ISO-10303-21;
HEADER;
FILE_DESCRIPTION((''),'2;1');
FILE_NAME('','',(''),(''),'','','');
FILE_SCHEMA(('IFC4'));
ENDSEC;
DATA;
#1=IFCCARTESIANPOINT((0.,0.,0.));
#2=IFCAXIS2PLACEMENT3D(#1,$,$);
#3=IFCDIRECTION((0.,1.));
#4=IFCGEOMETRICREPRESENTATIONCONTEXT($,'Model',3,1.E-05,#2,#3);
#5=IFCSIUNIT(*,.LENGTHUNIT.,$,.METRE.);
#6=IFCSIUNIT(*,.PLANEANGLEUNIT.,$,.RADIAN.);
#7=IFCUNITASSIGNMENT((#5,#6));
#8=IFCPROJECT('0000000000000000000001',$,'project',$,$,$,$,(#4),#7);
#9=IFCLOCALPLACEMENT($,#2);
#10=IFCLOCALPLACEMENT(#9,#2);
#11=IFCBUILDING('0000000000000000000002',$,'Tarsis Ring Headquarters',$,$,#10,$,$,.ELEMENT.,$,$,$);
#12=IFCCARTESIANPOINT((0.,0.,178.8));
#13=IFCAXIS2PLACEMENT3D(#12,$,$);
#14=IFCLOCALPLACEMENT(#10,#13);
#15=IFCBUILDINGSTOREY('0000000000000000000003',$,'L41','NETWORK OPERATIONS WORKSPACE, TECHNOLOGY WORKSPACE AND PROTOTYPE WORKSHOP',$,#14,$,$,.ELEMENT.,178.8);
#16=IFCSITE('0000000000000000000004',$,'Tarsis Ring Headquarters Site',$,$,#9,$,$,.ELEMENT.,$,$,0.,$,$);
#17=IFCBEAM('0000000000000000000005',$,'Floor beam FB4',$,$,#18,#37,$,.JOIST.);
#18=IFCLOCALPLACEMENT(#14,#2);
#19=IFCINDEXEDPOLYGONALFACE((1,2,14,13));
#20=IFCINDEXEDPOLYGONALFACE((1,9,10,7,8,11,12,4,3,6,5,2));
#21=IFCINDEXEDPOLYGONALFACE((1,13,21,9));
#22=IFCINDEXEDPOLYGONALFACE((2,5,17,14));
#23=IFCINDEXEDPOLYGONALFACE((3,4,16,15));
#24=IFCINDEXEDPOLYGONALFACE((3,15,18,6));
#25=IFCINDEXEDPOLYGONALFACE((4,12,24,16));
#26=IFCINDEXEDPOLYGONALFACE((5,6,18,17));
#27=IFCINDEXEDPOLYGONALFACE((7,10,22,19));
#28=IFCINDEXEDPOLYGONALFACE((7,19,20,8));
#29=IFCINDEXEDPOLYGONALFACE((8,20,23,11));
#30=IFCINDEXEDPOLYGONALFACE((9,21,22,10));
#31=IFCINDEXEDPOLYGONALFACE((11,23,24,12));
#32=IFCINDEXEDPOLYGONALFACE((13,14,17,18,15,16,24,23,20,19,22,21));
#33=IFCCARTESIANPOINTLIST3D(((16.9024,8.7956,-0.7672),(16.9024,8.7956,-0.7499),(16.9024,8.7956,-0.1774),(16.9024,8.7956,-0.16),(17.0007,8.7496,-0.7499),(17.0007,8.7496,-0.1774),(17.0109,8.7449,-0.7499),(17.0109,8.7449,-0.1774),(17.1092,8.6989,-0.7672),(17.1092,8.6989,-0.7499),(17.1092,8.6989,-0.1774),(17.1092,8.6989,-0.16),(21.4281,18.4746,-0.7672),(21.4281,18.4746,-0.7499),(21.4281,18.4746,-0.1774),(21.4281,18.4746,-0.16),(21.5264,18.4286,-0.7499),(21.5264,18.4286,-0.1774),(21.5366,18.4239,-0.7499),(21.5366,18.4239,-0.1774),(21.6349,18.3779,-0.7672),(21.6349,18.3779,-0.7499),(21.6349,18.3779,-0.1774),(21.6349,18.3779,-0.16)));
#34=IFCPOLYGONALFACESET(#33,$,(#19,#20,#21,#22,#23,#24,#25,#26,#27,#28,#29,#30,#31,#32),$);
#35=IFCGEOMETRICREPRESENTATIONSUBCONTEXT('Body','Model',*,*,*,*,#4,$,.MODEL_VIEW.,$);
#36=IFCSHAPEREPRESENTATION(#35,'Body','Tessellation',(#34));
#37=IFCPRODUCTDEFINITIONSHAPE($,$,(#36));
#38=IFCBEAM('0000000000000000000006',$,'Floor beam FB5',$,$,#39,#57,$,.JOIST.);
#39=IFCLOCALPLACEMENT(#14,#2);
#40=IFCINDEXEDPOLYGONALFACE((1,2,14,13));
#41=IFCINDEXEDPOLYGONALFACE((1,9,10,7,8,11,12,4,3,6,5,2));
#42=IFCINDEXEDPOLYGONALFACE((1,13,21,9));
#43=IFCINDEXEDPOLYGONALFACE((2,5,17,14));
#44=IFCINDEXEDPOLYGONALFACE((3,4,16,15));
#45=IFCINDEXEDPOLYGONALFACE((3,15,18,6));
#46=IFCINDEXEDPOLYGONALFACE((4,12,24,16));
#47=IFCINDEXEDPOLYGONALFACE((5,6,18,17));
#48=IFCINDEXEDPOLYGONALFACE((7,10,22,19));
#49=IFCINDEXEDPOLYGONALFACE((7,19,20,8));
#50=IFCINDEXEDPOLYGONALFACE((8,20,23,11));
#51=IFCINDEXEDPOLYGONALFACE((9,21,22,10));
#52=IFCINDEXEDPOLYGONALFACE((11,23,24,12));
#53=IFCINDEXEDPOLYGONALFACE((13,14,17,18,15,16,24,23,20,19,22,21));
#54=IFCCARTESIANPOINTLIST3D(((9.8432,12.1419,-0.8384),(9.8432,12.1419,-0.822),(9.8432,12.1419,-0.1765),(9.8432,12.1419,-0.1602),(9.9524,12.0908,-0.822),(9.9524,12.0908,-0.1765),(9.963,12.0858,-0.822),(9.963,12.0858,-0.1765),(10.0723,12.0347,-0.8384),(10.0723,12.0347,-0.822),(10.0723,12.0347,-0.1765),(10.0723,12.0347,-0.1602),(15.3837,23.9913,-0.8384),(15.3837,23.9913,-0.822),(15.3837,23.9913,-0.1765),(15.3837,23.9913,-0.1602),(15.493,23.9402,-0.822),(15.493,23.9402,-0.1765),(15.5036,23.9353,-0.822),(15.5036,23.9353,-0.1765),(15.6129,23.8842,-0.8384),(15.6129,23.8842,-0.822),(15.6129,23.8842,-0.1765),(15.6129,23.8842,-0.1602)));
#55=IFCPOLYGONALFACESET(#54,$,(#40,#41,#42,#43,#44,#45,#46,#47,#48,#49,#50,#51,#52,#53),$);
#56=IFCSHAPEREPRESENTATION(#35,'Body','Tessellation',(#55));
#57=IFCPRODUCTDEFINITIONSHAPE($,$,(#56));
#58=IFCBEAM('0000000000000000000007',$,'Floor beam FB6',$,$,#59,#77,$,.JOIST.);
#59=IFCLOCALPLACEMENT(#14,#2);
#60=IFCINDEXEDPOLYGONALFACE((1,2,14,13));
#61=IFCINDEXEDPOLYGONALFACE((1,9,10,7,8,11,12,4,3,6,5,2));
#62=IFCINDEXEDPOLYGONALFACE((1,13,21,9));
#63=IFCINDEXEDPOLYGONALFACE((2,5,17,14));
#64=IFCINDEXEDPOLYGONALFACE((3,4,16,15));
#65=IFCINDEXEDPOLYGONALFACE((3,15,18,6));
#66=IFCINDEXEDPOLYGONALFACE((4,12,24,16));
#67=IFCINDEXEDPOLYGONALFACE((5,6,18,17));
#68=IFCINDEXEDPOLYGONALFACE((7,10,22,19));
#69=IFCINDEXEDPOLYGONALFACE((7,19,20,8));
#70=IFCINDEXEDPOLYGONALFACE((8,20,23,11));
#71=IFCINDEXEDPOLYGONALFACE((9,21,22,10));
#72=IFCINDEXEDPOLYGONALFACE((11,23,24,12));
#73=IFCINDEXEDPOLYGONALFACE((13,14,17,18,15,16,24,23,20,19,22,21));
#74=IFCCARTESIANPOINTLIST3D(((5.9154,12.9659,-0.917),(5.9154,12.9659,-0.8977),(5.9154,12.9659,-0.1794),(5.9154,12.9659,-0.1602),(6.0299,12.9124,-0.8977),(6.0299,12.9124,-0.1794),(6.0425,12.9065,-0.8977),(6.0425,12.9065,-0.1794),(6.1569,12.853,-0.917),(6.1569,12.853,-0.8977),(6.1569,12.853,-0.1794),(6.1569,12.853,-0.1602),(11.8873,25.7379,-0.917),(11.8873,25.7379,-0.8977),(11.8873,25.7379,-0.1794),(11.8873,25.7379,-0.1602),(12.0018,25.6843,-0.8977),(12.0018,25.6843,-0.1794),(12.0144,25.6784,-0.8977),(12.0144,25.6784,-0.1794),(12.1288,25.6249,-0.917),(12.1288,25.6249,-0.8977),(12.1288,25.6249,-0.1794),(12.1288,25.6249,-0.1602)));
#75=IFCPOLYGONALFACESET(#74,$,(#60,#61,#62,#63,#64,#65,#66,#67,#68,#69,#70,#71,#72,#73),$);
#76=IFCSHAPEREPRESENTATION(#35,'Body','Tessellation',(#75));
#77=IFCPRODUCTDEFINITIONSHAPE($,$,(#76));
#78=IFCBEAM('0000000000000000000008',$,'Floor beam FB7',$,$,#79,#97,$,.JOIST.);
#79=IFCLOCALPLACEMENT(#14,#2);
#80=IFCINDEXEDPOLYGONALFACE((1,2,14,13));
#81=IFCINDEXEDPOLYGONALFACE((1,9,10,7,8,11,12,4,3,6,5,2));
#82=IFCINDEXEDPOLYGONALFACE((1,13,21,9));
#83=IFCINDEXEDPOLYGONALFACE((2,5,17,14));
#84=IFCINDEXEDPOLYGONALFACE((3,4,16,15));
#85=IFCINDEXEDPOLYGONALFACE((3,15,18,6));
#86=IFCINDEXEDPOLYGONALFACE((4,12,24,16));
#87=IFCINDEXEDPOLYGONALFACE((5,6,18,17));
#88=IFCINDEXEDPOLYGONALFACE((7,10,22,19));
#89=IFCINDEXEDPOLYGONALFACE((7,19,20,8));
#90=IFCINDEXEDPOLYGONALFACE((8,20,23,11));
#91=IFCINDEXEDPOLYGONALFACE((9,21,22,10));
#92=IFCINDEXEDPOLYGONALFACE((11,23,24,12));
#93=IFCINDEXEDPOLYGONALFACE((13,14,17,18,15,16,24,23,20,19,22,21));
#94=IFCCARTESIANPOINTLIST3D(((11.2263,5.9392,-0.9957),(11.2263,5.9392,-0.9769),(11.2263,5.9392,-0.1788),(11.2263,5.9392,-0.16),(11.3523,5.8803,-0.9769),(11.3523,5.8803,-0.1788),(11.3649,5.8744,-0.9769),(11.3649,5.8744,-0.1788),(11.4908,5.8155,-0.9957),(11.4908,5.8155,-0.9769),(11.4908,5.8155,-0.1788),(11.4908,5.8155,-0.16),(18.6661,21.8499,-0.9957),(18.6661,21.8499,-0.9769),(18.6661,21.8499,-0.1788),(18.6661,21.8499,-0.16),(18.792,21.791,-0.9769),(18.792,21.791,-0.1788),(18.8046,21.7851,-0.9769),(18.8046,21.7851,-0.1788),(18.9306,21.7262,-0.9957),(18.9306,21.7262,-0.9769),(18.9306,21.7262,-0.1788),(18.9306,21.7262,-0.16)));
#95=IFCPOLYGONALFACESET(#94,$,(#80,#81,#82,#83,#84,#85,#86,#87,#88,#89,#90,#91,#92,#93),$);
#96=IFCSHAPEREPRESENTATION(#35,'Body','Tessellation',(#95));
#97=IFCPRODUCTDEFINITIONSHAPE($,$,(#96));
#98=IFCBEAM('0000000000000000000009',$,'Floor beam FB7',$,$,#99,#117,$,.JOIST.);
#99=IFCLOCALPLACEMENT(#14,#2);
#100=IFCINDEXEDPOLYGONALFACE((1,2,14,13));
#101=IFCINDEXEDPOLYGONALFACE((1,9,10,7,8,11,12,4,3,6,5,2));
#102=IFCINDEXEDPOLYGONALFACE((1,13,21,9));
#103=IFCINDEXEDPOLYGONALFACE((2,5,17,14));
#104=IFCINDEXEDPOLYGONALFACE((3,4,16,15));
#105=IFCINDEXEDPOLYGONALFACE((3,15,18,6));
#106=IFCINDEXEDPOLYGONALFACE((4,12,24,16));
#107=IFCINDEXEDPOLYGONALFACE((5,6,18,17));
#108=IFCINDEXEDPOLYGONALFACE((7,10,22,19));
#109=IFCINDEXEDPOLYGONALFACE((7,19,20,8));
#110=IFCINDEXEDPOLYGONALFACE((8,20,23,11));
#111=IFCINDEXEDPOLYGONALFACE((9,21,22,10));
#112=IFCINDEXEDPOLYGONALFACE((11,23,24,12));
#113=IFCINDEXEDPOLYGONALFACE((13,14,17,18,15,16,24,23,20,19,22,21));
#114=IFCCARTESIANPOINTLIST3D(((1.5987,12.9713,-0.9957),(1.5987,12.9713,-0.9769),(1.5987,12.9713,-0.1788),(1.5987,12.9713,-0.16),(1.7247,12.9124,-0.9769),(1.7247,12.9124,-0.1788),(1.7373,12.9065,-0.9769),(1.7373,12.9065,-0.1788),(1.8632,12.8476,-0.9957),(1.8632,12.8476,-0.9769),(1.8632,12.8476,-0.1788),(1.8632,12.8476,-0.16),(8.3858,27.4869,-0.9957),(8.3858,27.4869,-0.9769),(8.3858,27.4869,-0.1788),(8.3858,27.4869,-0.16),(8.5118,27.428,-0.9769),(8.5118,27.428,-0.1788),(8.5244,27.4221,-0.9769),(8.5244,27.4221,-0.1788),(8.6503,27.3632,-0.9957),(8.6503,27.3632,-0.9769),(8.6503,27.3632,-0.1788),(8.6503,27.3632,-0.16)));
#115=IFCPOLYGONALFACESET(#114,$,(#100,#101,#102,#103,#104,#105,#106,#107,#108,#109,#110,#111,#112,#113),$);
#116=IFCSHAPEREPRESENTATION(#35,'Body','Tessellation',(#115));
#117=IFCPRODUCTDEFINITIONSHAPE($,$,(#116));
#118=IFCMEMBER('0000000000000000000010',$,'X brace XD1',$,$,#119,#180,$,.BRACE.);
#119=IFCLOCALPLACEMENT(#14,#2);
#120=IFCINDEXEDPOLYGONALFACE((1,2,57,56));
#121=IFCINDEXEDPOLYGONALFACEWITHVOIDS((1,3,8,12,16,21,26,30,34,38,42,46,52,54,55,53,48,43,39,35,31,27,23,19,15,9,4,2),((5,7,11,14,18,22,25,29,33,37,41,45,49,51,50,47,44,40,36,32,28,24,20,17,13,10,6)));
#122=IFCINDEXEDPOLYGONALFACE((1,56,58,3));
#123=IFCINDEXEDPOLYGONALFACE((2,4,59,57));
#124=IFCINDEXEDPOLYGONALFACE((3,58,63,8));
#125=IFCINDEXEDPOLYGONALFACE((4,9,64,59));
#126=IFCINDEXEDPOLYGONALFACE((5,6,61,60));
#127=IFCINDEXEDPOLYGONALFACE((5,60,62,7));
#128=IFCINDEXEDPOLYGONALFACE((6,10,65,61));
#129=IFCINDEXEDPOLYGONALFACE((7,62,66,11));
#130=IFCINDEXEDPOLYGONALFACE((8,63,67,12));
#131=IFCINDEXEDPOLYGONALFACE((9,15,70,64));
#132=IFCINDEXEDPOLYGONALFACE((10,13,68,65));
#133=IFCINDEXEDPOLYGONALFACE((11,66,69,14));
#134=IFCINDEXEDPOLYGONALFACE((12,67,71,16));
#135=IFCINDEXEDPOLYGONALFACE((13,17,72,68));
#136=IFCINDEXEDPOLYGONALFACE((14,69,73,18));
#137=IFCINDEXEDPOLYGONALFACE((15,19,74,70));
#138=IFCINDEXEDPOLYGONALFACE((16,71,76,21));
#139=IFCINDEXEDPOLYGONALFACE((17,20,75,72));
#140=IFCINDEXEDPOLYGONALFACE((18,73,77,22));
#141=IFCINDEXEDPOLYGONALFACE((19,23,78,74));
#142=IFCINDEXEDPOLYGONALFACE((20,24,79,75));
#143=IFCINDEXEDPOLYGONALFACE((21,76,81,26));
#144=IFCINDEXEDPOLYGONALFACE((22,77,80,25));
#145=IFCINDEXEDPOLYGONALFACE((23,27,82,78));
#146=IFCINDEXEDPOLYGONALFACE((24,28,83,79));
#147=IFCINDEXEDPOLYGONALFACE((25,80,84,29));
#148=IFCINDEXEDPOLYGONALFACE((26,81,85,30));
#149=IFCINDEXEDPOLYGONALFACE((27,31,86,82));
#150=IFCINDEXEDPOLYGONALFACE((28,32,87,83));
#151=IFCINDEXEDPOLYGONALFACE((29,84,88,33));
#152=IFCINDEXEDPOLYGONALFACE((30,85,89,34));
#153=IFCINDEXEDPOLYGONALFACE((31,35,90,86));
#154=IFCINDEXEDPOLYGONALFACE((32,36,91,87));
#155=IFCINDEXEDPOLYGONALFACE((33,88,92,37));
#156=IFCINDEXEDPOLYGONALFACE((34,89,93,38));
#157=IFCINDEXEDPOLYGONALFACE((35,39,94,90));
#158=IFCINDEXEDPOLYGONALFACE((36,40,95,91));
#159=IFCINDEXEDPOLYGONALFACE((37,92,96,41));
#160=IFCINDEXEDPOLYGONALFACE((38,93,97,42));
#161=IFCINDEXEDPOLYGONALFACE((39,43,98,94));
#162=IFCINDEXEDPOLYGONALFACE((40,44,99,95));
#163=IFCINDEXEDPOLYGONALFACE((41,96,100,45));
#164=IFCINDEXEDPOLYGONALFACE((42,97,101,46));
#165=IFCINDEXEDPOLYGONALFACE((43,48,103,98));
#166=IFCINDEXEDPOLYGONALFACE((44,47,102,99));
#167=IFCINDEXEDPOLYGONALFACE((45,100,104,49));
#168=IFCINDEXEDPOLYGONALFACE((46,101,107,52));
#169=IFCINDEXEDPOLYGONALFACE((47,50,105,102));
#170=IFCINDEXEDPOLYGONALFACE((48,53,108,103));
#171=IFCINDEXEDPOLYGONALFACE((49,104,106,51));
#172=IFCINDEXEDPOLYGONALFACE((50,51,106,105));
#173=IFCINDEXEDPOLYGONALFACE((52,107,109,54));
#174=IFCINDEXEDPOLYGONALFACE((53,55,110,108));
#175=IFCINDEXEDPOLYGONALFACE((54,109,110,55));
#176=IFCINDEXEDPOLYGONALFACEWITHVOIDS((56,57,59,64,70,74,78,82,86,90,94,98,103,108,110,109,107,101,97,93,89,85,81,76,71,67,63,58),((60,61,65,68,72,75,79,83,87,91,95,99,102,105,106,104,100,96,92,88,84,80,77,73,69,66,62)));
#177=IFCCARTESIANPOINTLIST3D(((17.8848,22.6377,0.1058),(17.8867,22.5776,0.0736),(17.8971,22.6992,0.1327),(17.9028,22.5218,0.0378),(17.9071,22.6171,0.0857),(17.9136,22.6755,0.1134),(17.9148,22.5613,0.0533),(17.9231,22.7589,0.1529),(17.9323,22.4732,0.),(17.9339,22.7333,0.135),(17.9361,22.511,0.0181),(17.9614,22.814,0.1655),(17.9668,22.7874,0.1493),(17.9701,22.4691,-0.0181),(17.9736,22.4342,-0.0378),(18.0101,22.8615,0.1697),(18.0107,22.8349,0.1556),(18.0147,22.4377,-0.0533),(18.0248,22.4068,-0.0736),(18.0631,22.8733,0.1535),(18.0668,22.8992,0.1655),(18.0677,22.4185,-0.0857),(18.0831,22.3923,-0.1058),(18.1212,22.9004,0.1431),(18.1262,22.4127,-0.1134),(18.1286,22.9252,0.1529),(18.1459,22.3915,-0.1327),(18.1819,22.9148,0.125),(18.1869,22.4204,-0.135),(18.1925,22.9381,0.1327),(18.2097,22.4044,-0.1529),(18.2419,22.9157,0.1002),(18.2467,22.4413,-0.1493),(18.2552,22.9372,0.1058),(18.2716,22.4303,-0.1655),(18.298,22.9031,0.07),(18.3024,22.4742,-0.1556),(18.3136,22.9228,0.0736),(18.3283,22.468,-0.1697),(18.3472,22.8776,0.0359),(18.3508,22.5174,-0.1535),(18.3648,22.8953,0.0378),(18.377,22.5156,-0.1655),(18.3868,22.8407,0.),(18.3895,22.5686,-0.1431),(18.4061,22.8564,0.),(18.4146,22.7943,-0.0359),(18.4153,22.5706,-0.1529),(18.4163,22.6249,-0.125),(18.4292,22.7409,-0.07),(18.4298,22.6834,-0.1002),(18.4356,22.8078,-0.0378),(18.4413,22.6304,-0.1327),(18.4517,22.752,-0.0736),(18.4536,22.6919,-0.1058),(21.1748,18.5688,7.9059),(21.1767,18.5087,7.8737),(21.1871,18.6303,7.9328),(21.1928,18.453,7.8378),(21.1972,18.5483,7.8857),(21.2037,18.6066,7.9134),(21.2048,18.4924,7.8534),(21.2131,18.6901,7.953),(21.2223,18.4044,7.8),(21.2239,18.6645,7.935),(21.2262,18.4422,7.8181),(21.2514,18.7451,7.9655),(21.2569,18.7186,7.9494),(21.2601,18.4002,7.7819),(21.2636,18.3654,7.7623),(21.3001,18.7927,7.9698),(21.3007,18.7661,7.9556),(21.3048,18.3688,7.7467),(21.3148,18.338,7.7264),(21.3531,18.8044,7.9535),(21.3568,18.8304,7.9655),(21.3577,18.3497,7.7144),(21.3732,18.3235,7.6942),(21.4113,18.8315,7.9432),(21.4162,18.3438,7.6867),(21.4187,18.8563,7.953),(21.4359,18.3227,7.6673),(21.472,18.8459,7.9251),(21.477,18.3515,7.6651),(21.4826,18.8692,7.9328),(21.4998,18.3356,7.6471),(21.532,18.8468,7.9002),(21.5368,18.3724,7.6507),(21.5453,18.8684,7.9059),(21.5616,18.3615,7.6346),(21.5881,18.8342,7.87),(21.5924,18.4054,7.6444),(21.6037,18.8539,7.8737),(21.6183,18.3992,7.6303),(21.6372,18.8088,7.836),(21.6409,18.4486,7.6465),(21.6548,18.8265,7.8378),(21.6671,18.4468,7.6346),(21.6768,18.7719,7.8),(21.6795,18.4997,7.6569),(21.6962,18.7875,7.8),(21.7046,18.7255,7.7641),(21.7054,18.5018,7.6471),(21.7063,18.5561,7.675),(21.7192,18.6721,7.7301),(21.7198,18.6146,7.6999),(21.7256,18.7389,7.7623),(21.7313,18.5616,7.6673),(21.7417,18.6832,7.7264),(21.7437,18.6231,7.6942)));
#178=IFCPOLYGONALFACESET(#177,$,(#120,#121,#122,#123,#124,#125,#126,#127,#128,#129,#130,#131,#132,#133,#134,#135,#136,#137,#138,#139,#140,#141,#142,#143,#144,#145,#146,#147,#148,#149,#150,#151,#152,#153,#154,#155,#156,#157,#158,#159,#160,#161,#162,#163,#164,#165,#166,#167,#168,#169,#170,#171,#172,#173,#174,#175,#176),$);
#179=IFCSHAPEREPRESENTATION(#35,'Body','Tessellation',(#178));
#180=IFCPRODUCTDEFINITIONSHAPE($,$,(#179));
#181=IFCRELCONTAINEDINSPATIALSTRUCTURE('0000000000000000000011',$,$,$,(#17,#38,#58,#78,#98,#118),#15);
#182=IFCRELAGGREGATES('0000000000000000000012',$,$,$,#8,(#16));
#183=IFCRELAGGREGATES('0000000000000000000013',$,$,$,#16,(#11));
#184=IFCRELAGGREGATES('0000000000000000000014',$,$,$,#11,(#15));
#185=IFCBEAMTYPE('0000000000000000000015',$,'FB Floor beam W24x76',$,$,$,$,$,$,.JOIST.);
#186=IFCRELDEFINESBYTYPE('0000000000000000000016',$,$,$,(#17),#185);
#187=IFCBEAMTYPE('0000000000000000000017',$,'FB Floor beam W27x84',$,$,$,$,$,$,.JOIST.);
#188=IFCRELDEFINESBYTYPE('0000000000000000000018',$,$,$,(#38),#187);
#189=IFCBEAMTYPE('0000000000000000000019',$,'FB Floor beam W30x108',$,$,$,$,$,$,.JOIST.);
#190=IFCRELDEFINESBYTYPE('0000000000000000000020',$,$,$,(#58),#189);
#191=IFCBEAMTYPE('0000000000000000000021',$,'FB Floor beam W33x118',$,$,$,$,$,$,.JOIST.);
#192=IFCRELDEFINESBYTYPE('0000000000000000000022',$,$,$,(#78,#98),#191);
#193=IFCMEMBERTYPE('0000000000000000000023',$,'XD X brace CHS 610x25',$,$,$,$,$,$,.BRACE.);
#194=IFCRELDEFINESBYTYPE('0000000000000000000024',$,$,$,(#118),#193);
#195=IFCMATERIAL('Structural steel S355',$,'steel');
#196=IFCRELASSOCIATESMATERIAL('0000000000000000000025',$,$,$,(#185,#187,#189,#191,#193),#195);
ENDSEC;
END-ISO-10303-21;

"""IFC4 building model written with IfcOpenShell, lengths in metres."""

from ifc_helpers import new_model, si_unit, direction, frame, origin, origin_2d, place, context, subcontext, project, spatial, hollow_circle, i_section, extrude, material, material_profile, profile_set, type_object, element, save


model = new_model("IFC4")

# Units and contexts
model_context = context("Model", 3, precision=1e-05, world=origin(), true_north=direction((0.0, 1.0)))
body_context = subcontext(model_context, "Body", "Model", "MODEL_VIEW")
ifc_project = project(units=[si_unit("LENGTHUNIT", "METRE"), si_unit("PLANEANGLEUNIT", "RADIAN")], contexts=[model_context])

# Site, building, storey
site_placement = place(None, origin())
site = spatial("IfcSite", under=ifc_project, at=site_placement, Name="Tarsis Ring Headquarters Site", CompositionType="ELEMENT", RefElevation=0.0)
building_placement = place(site_placement, origin())
building = spatial("IfcBuilding", under=site, at=building_placement, Name="Tarsis Ring Headquarters", CompositionType="ELEMENT")
storey_placement = place(building_placement, frame((0.0, 0.0, 178.8)))
storey = spatial("IfcBuildingStorey", under=building, at=storey_placement, Name="L41", Description="NETWORK OPERATIONS WORKSPACE, TECHNOLOGY WORKSPACE AND PROTOTYPE WORKSHOP", CompositionType="ELEMENT", Elevation=178.8)

# Shared definitions
ifc_material_1 = material(Name="Structural steel S355", Category="steel")

# Beams
ifc_material_profile_1 = material_profile(ifc_material_1, i_section(OverallWidth=0.2283, OverallDepth=0.6072, WebThickness=0.0112, FlangeThickness=0.0173, at=origin_2d()), Name="W24x76")
ifc_profile_set_1 = profile_set([ifc_material_profile_1], Name="Structural steel S355")
beam_type_1 = type_object("IfcBeamType", Name="FB Floor beam W24x76", PredefinedType="JOIST", material=ifc_profile_set_1)
beam_1_placement = place(storey_placement, frame((21.5315, 18.4263, -0.4636), z_axis=(-0.423561, -0.905868, 0.0), x_axis=(0.905868, -0.423561, 0.0)))
element("IfcBeam", 1, at=beam_1_placement, inside=storey, type_object=beam_type_1, Name="Floor beam FB4", PredefinedType="JOIST", context=body_context, shape_type="SweptSolid", body=[
    extrude(i_section(OverallWidth=0.2283, OverallDepth=0.6072, WebThickness=0.0112, FlangeThickness=0.0173, at=origin_2d()), origin(), (0.0, 0.0, 1.0), 10.6848),
])
ifc_material_profile_2 = material_profile(ifc_material_1, i_section(OverallWidth=0.2529, OverallDepth=0.6782, WebThickness=0.0117, FlangeThickness=0.0164, at=origin_2d()), Name="W27x84")
ifc_profile_set_2 = profile_set([ifc_material_profile_2], Name="Structural steel S355")
beam_type_2 = type_object("IfcBeamType", Name="FB Floor beam W27x84", PredefinedType="JOIST", material=ifc_profile_set_2)
beam_2_placement = place(storey_placement, frame((15.4983, 23.9377, -0.4993), z_axis=(-0.423565, -0.905866, 0.0), x_axis=(0.905866, -0.423565, 0.0)))
element("IfcBeam", 2, at=beam_2_placement, inside=storey, type_object=beam_type_2, Name="Floor beam FB5", PredefinedType="JOIST", context=body_context, shape_type="SweptSolid", body=[
    extrude(i_section(OverallWidth=0.2529, OverallDepth=0.6782, WebThickness=0.0117, FlangeThickness=0.0164, at=origin_2d()), origin(), (0.0, 0.0, 1.0), 13.0808),
])
ifc_material_profile_3 = material_profile(ifc_material_1, i_section(OverallWidth=0.2666, OverallDepth=0.7568, WebThickness=0.0139, FlangeThickness=0.0193, at=origin_2d()), Name="W30x108")
ifc_profile_set_3 = profile_set([ifc_material_profile_3], Name="Structural steel S355")
beam_type_3 = type_object("IfcBeamType", Name="FB Floor beam W30x108", PredefinedType="JOIST", material=ifc_profile_set_3)
beam_3_placement = place(storey_placement, frame((12.0081, 25.6814, -0.5386), z_axis=(-0.423565, -0.905866, 0.0), x_axis=(0.905866, -0.423565, 0.0)))
element("IfcBeam", 3, at=beam_3_placement, inside=storey, type_object=beam_type_3, Name="Floor beam FB6", PredefinedType="JOIST", context=body_context, shape_type="SweptSolid", body=[
    extrude(i_section(OverallWidth=0.2666, OverallDepth=0.7568, WebThickness=0.0139, FlangeThickness=0.0193, at=origin_2d()), origin(), (0.0, 0.0, 1.0), 14.0991),
])
ifc_material_profile_4 = material_profile(ifc_material_1, i_section(OverallWidth=0.292, OverallDepth=0.8357, WebThickness=0.0139, FlangeThickness=0.0188, at=origin_2d()), Name="W33x118")
ifc_profile_set_4 = profile_set([ifc_material_profile_4], Name="Structural steel S355")
beam_type_4 = type_object("IfcBeamType", Name="FB Floor beam W33x118", PredefinedType="JOIST", material=ifc_profile_set_4)
beam_4_placement = place(storey_placement, frame((18.7983, 21.7881, -0.5779), z_axis=(-0.423574, -0.905862, 0.0), x_axis=(0.905862, -0.423574, 0.0)))
element("IfcBeam", 4, at=beam_4_placement, inside=storey, type_object=beam_type_4, Name="Floor beam FB7", PredefinedType="JOIST", context=body_context, shape_type="SweptSolid", body=[
    extrude(i_section(OverallWidth=0.292, OverallDepth=0.8357, WebThickness=0.0139, FlangeThickness=0.0188, at=origin_2d()), origin(), (0.0, 0.0, 1.0), 17.5642),
])
beam_5_placement = place(storey_placement, frame((8.5181, 27.425, -0.5779), z_axis=(-0.423559, -0.905868, 0.0), x_axis=(0.905868, -0.423559, 0.0)))
element("IfcBeam", 5, at=beam_5_placement, inside=storey, type_object=beam_type_4, Name="Floor beam FB7", PredefinedType="JOIST", context=body_context, shape_type="SweptSolid", body=[
    extrude(i_section(OverallWidth=0.292, OverallDepth=0.8357, WebThickness=0.0139, FlangeThickness=0.0188, at=origin_2d()), origin(), (0.0, 0.0, 1.0), 16.0239),
])

# Member
ifc_material_profile_5 = material_profile(ifc_material_1, hollow_circle(Radius=0.3047, WallThickness=0.0249, at=origin_2d()), Name="CHS 610x25")
ifc_profile_set_5 = profile_set([ifc_material_profile_5], Name="Structural steel S355")
member_type = type_object("IfcMemberType", Name="XD X brace CHS 610x25", PredefinedType="BRACE", material=ifc_profile_set_5)
member_placement = place(storey_placement, frame((18.1692, 22.6648, 0.0), z_axis=(0.35028, -0.433198, 0.830448), x_axis=(0.777599, 0.628761, 0.0)))
element("IfcMember", 6, at=member_placement, inside=storey, type_object=member_type, Name="X brace XD1", PredefinedType="BRACE", context=body_context, shape_type="SweptSolid", body=[
    extrude(hollow_circle(Radius=0.3047, WallThickness=0.0249, at=origin_2d()), origin(), (0.0, 0.0, 1.0), 9.3926),
])

save(model, "model.ifc")
